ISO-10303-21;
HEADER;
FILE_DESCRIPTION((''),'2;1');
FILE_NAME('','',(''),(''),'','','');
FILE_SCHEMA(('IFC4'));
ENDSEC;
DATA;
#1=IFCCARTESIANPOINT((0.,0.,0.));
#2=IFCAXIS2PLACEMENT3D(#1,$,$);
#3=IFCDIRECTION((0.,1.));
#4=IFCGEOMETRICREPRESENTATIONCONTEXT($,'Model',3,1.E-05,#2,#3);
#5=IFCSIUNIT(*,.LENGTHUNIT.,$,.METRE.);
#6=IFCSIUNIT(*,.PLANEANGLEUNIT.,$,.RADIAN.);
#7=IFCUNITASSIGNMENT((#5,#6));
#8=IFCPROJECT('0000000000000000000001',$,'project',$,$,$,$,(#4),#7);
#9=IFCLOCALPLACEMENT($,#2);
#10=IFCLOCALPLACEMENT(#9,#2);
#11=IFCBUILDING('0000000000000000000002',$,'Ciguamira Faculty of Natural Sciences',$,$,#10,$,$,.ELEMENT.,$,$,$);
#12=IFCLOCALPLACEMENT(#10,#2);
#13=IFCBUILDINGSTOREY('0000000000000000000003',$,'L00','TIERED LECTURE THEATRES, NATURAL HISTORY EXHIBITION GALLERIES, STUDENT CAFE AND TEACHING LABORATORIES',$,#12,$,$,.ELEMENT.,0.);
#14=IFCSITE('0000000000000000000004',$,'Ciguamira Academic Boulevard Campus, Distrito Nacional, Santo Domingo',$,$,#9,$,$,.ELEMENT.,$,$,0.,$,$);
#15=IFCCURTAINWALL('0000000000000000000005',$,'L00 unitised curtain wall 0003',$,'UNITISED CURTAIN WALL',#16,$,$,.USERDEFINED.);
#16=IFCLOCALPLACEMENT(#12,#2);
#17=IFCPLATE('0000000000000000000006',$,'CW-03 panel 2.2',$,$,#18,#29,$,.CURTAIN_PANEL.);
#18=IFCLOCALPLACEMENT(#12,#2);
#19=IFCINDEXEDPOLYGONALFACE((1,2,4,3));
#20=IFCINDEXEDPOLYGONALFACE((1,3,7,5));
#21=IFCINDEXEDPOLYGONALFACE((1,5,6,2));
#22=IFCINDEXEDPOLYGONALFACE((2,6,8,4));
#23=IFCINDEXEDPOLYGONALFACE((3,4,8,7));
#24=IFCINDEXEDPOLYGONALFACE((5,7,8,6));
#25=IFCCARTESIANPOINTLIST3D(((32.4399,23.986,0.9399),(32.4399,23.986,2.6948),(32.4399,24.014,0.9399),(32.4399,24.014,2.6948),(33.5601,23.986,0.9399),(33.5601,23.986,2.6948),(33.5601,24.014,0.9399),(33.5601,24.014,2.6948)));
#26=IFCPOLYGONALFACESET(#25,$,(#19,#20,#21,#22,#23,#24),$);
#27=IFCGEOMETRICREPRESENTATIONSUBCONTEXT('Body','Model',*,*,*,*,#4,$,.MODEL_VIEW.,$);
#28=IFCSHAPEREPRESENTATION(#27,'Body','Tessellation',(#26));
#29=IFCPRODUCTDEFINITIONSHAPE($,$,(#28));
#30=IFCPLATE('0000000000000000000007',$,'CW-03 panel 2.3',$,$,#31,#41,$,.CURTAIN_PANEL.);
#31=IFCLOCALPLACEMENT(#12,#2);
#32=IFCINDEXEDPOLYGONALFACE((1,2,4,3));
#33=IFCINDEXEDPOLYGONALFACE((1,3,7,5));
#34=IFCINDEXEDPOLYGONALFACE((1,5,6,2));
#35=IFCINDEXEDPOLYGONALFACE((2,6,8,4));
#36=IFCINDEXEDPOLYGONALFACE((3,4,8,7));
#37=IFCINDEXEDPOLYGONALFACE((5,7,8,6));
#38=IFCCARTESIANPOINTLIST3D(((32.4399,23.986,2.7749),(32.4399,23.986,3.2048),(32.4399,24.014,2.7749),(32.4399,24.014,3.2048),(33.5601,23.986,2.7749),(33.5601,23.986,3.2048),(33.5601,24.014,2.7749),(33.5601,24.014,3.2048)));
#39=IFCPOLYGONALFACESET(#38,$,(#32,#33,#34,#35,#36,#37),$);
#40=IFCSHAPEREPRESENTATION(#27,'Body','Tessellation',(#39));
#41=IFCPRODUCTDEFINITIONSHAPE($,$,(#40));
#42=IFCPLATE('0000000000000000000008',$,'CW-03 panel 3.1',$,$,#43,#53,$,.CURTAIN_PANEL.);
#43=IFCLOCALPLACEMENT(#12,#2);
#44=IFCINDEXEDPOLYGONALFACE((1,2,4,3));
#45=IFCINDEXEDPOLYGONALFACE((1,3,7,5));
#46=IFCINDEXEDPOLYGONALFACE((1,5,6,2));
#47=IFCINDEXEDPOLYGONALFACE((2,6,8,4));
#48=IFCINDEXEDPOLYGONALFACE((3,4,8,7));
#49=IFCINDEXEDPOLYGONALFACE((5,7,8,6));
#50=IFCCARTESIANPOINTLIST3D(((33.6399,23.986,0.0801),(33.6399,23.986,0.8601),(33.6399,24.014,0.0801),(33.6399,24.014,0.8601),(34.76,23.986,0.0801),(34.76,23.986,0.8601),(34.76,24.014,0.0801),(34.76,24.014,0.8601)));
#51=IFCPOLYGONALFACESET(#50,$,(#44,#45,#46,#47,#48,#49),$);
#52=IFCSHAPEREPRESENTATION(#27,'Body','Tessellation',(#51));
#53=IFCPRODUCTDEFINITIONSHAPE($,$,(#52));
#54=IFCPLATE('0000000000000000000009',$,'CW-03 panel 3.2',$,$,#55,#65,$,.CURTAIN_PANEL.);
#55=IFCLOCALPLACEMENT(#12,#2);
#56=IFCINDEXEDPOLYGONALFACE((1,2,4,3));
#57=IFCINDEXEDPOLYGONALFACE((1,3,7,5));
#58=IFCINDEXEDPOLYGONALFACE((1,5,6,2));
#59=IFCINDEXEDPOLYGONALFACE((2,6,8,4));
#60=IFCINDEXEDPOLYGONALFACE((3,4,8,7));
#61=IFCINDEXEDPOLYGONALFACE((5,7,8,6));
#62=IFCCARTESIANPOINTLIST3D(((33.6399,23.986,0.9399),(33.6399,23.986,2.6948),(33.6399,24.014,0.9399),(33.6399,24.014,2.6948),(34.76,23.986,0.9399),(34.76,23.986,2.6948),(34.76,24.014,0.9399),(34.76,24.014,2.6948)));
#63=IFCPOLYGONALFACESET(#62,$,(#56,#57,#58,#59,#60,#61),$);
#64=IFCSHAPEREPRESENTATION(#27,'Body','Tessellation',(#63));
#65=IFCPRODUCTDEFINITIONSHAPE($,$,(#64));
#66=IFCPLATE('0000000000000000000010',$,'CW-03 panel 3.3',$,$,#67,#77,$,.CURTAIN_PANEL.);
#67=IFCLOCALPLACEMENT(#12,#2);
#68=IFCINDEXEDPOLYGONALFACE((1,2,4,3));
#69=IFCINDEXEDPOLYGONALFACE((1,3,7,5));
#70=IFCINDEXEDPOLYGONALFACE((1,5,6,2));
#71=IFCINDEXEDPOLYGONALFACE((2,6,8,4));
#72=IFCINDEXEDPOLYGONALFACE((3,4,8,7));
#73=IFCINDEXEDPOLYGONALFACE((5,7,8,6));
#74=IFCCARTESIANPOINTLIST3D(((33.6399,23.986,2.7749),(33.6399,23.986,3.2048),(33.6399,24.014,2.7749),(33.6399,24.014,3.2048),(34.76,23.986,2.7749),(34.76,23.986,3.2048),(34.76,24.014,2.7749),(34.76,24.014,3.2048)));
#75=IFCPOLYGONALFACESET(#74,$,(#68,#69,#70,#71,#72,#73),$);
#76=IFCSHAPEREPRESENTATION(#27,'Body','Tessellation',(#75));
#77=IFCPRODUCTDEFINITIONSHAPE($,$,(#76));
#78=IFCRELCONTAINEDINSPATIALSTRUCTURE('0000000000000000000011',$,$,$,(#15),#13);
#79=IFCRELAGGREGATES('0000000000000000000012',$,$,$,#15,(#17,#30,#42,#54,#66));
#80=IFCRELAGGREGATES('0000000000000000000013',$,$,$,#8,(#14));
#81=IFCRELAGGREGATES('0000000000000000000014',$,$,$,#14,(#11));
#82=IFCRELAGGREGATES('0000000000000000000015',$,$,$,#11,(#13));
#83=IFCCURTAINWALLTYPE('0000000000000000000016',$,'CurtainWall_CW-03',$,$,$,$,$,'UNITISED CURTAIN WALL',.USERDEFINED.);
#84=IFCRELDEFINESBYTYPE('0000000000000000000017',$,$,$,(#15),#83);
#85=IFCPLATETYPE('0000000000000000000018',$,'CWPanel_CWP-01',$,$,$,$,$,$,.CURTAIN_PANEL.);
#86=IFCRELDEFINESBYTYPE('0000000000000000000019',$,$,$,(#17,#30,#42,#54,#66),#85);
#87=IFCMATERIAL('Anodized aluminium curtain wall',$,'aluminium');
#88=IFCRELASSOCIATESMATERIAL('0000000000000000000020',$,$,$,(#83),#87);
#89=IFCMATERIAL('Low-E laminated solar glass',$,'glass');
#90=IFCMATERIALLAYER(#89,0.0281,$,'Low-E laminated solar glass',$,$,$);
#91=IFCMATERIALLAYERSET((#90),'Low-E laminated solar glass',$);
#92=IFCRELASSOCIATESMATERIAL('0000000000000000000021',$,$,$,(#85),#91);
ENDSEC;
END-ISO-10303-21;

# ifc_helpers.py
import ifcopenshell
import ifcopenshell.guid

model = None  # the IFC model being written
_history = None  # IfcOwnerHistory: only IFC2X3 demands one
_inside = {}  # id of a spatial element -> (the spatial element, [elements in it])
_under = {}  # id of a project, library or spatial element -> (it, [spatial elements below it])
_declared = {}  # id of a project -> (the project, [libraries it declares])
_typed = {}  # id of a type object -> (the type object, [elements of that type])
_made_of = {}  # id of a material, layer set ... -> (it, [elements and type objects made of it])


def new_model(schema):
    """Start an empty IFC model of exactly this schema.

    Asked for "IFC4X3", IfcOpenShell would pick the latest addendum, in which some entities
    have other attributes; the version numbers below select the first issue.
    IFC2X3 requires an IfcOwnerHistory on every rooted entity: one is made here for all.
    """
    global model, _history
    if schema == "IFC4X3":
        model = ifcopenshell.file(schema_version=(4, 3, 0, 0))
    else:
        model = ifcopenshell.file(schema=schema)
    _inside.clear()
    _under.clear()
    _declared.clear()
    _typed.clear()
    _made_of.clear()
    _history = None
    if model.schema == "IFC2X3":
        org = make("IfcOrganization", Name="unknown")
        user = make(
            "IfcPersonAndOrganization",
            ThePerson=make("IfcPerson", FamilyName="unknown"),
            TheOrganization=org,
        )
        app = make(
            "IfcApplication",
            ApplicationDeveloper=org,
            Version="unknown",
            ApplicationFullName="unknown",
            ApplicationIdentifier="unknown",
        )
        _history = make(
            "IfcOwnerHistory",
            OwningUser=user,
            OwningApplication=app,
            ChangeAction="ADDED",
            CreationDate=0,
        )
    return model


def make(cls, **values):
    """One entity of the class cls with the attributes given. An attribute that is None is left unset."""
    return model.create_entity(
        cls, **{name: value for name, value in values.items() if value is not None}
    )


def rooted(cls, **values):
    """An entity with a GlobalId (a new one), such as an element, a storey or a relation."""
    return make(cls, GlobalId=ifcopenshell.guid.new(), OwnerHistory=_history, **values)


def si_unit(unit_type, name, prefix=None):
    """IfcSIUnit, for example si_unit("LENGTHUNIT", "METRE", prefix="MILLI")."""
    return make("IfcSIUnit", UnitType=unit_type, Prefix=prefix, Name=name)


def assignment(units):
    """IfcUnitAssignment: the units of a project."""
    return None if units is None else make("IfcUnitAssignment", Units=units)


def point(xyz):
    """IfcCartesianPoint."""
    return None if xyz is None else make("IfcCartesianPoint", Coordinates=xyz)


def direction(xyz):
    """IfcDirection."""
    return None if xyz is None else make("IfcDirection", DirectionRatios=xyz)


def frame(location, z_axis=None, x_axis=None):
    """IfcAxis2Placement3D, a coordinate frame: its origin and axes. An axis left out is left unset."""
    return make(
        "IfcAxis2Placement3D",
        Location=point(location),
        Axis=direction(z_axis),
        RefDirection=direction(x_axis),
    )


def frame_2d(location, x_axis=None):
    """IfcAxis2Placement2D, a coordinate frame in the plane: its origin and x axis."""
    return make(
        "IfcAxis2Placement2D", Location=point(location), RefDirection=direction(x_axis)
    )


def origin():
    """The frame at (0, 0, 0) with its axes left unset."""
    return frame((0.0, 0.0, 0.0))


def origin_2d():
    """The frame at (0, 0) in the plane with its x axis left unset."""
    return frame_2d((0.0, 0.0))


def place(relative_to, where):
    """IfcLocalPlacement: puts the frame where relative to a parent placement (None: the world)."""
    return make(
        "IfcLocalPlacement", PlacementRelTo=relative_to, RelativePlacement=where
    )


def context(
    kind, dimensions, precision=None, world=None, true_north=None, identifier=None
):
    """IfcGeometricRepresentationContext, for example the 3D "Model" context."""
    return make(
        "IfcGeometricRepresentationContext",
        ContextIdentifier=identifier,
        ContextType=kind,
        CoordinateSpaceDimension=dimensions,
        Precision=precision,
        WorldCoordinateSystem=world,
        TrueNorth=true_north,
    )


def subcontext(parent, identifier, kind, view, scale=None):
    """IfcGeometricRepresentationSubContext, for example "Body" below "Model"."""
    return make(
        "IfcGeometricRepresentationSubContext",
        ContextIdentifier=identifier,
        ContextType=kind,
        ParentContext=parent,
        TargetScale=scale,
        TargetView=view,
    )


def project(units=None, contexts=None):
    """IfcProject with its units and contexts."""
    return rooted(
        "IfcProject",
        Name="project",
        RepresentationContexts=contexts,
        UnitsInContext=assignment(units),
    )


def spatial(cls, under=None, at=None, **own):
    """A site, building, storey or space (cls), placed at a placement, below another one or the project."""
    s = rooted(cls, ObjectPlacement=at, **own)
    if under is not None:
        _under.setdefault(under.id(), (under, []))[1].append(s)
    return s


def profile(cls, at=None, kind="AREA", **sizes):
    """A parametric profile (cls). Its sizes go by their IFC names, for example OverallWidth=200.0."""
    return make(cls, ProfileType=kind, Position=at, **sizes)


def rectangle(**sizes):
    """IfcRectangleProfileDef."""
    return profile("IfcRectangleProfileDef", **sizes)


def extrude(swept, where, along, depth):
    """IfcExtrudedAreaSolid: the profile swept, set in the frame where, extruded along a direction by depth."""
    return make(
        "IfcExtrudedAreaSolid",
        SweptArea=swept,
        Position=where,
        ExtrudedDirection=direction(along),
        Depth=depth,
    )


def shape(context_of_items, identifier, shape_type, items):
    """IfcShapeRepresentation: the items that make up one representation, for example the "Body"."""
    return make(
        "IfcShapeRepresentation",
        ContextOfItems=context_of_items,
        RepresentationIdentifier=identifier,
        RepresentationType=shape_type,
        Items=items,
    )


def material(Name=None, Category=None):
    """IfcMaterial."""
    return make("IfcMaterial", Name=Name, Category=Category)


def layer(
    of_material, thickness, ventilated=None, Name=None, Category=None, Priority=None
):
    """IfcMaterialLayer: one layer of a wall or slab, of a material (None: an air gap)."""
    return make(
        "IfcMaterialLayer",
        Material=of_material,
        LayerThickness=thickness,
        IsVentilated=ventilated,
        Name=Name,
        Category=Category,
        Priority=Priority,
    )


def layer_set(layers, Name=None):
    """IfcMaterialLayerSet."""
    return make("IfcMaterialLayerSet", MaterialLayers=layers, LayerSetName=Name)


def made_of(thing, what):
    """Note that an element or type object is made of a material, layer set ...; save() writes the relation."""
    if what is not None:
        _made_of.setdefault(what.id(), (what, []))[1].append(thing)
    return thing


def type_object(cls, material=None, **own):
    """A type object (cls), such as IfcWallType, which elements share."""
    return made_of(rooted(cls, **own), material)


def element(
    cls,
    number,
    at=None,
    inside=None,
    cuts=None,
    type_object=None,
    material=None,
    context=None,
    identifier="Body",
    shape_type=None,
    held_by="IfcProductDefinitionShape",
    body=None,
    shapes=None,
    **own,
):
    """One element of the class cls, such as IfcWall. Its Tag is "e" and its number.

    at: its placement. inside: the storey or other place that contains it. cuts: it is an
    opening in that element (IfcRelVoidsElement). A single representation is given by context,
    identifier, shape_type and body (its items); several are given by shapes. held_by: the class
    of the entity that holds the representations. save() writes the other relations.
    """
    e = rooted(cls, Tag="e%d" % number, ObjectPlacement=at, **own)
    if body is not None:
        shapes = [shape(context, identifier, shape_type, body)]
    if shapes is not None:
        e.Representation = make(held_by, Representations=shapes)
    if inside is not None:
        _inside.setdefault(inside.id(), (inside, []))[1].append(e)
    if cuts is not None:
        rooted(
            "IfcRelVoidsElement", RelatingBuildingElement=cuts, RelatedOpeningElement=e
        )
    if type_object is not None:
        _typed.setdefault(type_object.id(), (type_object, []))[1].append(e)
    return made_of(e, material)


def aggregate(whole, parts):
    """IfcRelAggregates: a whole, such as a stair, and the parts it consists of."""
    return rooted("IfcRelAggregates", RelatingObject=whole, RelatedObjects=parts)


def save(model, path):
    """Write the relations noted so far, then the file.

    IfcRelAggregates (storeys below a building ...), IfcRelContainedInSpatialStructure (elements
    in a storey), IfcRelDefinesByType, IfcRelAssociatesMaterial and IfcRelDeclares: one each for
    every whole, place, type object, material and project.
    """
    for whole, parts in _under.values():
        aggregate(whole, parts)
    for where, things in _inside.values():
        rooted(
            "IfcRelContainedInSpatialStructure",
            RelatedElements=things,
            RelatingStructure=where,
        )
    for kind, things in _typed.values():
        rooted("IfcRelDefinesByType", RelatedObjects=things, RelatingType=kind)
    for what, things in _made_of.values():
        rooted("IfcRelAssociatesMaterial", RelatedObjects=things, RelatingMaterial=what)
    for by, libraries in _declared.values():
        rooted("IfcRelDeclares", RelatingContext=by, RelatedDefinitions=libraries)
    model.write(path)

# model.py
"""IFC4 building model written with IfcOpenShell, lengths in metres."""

from ifc_helpers import new_model, si_unit, direction, frame, origin, origin_2d, place, context, subcontext, project, spatial, rectangle, extrude, material, layer, layer_set, type_object, element, aggregate, save


model = new_model("IFC4")

# Units and contexts
model_context = context("Model", 3, precision=1e-05, world=origin(), true_north=direction((0.0, 1.0)))
body_context = subcontext(model_context, "Body", "Model", "MODEL_VIEW")
ifc_project = project(units=[si_unit("LENGTHUNIT", "METRE"), si_unit("PLANEANGLEUNIT", "RADIAN")], contexts=[model_context])

# Site, building, storey
site_placement = place(None, origin())
site = spatial("IfcSite", under=ifc_project, at=site_placement, Name="Ciguamira Academic Boulevard Campus, Distrito Nacional, Santo Domingo", CompositionType="ELEMENT", RefElevation=0.0)
building_placement = place(site_placement, origin())
building = spatial("IfcBuilding", under=site, at=building_placement, Name="Ciguamira Faculty of Natural Sciences", CompositionType="ELEMENT")
storey_placement = place(building_placement, origin())
storey = spatial("IfcBuildingStorey", under=building, at=storey_placement, Name="L00", Description="TIERED LECTURE THEATRES, NATURAL HISTORY EXHIBITION GALLERIES, STUDENT CAFE AND TEACHING LABORATORIES", CompositionType="ELEMENT", Elevation=0.0)

# Curtain wall, plates
ifc_material_1 = material(Name="Anodized aluminium curtain wall", Category="aluminium")
curtain_wall_type = type_object("IfcCurtainWallType", Name="CurtainWall_CW-03", ElementType="UNITISED CURTAIN WALL", PredefinedType="USERDEFINED", material=ifc_material_1)
curtain_wall_placement = place(storey_placement, origin())
curtain_wall = element("IfcCurtainWall", 1, at=curtain_wall_placement, inside=storey, type_object=curtain_wall_type, Name="L00 unitised curtain wall 0003", ObjectType="UNITISED CURTAIN WALL", PredefinedType="USERDEFINED")
ifc_material_2 = material(Name="Low-E laminated solar glass", Category="glass")
ifc_layer = layer(ifc_material_2, 0.0281, Name="Low-E laminated solar glass")
ifc_layer_set = layer_set([ifc_layer], Name="Low-E laminated solar glass")
plate_type = type_object("IfcPlateType", Name="CWPanel_CWP-01", PredefinedType="CURTAIN_PANEL", material=ifc_layer_set)
plate_1_placement = place(storey_placement, frame((33.0, 24.0, 0.9399), z_axis=(0.0, 0.0, 1.0), x_axis=(1.0, 0.0, 0.0)))
plate_1 = element("IfcPlate", 2, at=plate_1_placement, type_object=plate_type, Name="CW-03 panel 2.2", PredefinedType="CURTAIN_PANEL", context=body_context, shape_type="SweptSolid", body=[
    extrude(rectangle(XDim=1.1201, YDim=0.0281, at=origin_2d()), origin(), (0.0, 0.0, 1.0), 1.7549),
])
plate_2_placement = place(storey_placement, frame((33.0, 24.0, 2.7749), z_axis=(0.0, 0.0, 1.0), x_axis=(1.0, 0.0, 0.0)))
plate_2 = element("IfcPlate", 3, at=plate_2_placement, type_object=plate_type, Name="CW-03 panel 2.3", PredefinedType="CURTAIN_PANEL", context=body_context, shape_type="SweptSolid", body=[
    extrude(rectangle(XDim=1.1201, YDim=0.0281, at=origin_2d()), origin(), (0.0, 0.0, 1.0), 0.4299),
])
plate_3_placement = place(storey_placement, frame((34.2, 24.0, 0.0801), z_axis=(0.0, 0.0, 1.0), x_axis=(1.0, 0.0, 0.0)))
plate_3 = element("IfcPlate", 4, at=plate_3_placement, type_object=plate_type, Name="CW-03 panel 3.1", PredefinedType="CURTAIN_PANEL", context=body_context, shape_type="SweptSolid", body=[
    extrude(rectangle(XDim=1.1201, YDim=0.0281, at=origin_2d()), origin(), (0.0, 0.0, 1.0), 0.78),
])
plate_4_placement = place(storey_placement, frame((34.2, 24.0, 0.9399), z_axis=(0.0, 0.0, 1.0), x_axis=(1.0, 0.0, 0.0)))
plate_4 = element("IfcPlate", 5, at=plate_4_placement, type_object=plate_type, Name="CW-03 panel 3.2", PredefinedType="CURTAIN_PANEL", context=body_context, shape_type="SweptSolid", body=[
    extrude(rectangle(XDim=1.1201, YDim=0.0281, at=origin_2d()), origin(), (0.0, 0.0, 1.0), 1.7549),
])
plate_5_placement = place(storey_placement, frame((34.2, 24.0, 2.7749), z_axis=(0.0, 0.0, 1.0), x_axis=(1.0, 0.0, 0.0)))
plate_5 = element("IfcPlate", 6, at=plate_5_placement, type_object=plate_type, Name="CW-03 panel 3.3", PredefinedType="CURTAIN_PANEL", context=body_context, shape_type="SweptSolid", body=[
    extrude(rectangle(XDim=1.1201, YDim=0.0281, at=origin_2d()), origin(), (0.0, 0.0, 1.0), 0.4299),
])
aggregate(curtain_wall, [plate_1, plate_2, plate_3, plate_4, plate_5])

save(model, "model.ifc")
